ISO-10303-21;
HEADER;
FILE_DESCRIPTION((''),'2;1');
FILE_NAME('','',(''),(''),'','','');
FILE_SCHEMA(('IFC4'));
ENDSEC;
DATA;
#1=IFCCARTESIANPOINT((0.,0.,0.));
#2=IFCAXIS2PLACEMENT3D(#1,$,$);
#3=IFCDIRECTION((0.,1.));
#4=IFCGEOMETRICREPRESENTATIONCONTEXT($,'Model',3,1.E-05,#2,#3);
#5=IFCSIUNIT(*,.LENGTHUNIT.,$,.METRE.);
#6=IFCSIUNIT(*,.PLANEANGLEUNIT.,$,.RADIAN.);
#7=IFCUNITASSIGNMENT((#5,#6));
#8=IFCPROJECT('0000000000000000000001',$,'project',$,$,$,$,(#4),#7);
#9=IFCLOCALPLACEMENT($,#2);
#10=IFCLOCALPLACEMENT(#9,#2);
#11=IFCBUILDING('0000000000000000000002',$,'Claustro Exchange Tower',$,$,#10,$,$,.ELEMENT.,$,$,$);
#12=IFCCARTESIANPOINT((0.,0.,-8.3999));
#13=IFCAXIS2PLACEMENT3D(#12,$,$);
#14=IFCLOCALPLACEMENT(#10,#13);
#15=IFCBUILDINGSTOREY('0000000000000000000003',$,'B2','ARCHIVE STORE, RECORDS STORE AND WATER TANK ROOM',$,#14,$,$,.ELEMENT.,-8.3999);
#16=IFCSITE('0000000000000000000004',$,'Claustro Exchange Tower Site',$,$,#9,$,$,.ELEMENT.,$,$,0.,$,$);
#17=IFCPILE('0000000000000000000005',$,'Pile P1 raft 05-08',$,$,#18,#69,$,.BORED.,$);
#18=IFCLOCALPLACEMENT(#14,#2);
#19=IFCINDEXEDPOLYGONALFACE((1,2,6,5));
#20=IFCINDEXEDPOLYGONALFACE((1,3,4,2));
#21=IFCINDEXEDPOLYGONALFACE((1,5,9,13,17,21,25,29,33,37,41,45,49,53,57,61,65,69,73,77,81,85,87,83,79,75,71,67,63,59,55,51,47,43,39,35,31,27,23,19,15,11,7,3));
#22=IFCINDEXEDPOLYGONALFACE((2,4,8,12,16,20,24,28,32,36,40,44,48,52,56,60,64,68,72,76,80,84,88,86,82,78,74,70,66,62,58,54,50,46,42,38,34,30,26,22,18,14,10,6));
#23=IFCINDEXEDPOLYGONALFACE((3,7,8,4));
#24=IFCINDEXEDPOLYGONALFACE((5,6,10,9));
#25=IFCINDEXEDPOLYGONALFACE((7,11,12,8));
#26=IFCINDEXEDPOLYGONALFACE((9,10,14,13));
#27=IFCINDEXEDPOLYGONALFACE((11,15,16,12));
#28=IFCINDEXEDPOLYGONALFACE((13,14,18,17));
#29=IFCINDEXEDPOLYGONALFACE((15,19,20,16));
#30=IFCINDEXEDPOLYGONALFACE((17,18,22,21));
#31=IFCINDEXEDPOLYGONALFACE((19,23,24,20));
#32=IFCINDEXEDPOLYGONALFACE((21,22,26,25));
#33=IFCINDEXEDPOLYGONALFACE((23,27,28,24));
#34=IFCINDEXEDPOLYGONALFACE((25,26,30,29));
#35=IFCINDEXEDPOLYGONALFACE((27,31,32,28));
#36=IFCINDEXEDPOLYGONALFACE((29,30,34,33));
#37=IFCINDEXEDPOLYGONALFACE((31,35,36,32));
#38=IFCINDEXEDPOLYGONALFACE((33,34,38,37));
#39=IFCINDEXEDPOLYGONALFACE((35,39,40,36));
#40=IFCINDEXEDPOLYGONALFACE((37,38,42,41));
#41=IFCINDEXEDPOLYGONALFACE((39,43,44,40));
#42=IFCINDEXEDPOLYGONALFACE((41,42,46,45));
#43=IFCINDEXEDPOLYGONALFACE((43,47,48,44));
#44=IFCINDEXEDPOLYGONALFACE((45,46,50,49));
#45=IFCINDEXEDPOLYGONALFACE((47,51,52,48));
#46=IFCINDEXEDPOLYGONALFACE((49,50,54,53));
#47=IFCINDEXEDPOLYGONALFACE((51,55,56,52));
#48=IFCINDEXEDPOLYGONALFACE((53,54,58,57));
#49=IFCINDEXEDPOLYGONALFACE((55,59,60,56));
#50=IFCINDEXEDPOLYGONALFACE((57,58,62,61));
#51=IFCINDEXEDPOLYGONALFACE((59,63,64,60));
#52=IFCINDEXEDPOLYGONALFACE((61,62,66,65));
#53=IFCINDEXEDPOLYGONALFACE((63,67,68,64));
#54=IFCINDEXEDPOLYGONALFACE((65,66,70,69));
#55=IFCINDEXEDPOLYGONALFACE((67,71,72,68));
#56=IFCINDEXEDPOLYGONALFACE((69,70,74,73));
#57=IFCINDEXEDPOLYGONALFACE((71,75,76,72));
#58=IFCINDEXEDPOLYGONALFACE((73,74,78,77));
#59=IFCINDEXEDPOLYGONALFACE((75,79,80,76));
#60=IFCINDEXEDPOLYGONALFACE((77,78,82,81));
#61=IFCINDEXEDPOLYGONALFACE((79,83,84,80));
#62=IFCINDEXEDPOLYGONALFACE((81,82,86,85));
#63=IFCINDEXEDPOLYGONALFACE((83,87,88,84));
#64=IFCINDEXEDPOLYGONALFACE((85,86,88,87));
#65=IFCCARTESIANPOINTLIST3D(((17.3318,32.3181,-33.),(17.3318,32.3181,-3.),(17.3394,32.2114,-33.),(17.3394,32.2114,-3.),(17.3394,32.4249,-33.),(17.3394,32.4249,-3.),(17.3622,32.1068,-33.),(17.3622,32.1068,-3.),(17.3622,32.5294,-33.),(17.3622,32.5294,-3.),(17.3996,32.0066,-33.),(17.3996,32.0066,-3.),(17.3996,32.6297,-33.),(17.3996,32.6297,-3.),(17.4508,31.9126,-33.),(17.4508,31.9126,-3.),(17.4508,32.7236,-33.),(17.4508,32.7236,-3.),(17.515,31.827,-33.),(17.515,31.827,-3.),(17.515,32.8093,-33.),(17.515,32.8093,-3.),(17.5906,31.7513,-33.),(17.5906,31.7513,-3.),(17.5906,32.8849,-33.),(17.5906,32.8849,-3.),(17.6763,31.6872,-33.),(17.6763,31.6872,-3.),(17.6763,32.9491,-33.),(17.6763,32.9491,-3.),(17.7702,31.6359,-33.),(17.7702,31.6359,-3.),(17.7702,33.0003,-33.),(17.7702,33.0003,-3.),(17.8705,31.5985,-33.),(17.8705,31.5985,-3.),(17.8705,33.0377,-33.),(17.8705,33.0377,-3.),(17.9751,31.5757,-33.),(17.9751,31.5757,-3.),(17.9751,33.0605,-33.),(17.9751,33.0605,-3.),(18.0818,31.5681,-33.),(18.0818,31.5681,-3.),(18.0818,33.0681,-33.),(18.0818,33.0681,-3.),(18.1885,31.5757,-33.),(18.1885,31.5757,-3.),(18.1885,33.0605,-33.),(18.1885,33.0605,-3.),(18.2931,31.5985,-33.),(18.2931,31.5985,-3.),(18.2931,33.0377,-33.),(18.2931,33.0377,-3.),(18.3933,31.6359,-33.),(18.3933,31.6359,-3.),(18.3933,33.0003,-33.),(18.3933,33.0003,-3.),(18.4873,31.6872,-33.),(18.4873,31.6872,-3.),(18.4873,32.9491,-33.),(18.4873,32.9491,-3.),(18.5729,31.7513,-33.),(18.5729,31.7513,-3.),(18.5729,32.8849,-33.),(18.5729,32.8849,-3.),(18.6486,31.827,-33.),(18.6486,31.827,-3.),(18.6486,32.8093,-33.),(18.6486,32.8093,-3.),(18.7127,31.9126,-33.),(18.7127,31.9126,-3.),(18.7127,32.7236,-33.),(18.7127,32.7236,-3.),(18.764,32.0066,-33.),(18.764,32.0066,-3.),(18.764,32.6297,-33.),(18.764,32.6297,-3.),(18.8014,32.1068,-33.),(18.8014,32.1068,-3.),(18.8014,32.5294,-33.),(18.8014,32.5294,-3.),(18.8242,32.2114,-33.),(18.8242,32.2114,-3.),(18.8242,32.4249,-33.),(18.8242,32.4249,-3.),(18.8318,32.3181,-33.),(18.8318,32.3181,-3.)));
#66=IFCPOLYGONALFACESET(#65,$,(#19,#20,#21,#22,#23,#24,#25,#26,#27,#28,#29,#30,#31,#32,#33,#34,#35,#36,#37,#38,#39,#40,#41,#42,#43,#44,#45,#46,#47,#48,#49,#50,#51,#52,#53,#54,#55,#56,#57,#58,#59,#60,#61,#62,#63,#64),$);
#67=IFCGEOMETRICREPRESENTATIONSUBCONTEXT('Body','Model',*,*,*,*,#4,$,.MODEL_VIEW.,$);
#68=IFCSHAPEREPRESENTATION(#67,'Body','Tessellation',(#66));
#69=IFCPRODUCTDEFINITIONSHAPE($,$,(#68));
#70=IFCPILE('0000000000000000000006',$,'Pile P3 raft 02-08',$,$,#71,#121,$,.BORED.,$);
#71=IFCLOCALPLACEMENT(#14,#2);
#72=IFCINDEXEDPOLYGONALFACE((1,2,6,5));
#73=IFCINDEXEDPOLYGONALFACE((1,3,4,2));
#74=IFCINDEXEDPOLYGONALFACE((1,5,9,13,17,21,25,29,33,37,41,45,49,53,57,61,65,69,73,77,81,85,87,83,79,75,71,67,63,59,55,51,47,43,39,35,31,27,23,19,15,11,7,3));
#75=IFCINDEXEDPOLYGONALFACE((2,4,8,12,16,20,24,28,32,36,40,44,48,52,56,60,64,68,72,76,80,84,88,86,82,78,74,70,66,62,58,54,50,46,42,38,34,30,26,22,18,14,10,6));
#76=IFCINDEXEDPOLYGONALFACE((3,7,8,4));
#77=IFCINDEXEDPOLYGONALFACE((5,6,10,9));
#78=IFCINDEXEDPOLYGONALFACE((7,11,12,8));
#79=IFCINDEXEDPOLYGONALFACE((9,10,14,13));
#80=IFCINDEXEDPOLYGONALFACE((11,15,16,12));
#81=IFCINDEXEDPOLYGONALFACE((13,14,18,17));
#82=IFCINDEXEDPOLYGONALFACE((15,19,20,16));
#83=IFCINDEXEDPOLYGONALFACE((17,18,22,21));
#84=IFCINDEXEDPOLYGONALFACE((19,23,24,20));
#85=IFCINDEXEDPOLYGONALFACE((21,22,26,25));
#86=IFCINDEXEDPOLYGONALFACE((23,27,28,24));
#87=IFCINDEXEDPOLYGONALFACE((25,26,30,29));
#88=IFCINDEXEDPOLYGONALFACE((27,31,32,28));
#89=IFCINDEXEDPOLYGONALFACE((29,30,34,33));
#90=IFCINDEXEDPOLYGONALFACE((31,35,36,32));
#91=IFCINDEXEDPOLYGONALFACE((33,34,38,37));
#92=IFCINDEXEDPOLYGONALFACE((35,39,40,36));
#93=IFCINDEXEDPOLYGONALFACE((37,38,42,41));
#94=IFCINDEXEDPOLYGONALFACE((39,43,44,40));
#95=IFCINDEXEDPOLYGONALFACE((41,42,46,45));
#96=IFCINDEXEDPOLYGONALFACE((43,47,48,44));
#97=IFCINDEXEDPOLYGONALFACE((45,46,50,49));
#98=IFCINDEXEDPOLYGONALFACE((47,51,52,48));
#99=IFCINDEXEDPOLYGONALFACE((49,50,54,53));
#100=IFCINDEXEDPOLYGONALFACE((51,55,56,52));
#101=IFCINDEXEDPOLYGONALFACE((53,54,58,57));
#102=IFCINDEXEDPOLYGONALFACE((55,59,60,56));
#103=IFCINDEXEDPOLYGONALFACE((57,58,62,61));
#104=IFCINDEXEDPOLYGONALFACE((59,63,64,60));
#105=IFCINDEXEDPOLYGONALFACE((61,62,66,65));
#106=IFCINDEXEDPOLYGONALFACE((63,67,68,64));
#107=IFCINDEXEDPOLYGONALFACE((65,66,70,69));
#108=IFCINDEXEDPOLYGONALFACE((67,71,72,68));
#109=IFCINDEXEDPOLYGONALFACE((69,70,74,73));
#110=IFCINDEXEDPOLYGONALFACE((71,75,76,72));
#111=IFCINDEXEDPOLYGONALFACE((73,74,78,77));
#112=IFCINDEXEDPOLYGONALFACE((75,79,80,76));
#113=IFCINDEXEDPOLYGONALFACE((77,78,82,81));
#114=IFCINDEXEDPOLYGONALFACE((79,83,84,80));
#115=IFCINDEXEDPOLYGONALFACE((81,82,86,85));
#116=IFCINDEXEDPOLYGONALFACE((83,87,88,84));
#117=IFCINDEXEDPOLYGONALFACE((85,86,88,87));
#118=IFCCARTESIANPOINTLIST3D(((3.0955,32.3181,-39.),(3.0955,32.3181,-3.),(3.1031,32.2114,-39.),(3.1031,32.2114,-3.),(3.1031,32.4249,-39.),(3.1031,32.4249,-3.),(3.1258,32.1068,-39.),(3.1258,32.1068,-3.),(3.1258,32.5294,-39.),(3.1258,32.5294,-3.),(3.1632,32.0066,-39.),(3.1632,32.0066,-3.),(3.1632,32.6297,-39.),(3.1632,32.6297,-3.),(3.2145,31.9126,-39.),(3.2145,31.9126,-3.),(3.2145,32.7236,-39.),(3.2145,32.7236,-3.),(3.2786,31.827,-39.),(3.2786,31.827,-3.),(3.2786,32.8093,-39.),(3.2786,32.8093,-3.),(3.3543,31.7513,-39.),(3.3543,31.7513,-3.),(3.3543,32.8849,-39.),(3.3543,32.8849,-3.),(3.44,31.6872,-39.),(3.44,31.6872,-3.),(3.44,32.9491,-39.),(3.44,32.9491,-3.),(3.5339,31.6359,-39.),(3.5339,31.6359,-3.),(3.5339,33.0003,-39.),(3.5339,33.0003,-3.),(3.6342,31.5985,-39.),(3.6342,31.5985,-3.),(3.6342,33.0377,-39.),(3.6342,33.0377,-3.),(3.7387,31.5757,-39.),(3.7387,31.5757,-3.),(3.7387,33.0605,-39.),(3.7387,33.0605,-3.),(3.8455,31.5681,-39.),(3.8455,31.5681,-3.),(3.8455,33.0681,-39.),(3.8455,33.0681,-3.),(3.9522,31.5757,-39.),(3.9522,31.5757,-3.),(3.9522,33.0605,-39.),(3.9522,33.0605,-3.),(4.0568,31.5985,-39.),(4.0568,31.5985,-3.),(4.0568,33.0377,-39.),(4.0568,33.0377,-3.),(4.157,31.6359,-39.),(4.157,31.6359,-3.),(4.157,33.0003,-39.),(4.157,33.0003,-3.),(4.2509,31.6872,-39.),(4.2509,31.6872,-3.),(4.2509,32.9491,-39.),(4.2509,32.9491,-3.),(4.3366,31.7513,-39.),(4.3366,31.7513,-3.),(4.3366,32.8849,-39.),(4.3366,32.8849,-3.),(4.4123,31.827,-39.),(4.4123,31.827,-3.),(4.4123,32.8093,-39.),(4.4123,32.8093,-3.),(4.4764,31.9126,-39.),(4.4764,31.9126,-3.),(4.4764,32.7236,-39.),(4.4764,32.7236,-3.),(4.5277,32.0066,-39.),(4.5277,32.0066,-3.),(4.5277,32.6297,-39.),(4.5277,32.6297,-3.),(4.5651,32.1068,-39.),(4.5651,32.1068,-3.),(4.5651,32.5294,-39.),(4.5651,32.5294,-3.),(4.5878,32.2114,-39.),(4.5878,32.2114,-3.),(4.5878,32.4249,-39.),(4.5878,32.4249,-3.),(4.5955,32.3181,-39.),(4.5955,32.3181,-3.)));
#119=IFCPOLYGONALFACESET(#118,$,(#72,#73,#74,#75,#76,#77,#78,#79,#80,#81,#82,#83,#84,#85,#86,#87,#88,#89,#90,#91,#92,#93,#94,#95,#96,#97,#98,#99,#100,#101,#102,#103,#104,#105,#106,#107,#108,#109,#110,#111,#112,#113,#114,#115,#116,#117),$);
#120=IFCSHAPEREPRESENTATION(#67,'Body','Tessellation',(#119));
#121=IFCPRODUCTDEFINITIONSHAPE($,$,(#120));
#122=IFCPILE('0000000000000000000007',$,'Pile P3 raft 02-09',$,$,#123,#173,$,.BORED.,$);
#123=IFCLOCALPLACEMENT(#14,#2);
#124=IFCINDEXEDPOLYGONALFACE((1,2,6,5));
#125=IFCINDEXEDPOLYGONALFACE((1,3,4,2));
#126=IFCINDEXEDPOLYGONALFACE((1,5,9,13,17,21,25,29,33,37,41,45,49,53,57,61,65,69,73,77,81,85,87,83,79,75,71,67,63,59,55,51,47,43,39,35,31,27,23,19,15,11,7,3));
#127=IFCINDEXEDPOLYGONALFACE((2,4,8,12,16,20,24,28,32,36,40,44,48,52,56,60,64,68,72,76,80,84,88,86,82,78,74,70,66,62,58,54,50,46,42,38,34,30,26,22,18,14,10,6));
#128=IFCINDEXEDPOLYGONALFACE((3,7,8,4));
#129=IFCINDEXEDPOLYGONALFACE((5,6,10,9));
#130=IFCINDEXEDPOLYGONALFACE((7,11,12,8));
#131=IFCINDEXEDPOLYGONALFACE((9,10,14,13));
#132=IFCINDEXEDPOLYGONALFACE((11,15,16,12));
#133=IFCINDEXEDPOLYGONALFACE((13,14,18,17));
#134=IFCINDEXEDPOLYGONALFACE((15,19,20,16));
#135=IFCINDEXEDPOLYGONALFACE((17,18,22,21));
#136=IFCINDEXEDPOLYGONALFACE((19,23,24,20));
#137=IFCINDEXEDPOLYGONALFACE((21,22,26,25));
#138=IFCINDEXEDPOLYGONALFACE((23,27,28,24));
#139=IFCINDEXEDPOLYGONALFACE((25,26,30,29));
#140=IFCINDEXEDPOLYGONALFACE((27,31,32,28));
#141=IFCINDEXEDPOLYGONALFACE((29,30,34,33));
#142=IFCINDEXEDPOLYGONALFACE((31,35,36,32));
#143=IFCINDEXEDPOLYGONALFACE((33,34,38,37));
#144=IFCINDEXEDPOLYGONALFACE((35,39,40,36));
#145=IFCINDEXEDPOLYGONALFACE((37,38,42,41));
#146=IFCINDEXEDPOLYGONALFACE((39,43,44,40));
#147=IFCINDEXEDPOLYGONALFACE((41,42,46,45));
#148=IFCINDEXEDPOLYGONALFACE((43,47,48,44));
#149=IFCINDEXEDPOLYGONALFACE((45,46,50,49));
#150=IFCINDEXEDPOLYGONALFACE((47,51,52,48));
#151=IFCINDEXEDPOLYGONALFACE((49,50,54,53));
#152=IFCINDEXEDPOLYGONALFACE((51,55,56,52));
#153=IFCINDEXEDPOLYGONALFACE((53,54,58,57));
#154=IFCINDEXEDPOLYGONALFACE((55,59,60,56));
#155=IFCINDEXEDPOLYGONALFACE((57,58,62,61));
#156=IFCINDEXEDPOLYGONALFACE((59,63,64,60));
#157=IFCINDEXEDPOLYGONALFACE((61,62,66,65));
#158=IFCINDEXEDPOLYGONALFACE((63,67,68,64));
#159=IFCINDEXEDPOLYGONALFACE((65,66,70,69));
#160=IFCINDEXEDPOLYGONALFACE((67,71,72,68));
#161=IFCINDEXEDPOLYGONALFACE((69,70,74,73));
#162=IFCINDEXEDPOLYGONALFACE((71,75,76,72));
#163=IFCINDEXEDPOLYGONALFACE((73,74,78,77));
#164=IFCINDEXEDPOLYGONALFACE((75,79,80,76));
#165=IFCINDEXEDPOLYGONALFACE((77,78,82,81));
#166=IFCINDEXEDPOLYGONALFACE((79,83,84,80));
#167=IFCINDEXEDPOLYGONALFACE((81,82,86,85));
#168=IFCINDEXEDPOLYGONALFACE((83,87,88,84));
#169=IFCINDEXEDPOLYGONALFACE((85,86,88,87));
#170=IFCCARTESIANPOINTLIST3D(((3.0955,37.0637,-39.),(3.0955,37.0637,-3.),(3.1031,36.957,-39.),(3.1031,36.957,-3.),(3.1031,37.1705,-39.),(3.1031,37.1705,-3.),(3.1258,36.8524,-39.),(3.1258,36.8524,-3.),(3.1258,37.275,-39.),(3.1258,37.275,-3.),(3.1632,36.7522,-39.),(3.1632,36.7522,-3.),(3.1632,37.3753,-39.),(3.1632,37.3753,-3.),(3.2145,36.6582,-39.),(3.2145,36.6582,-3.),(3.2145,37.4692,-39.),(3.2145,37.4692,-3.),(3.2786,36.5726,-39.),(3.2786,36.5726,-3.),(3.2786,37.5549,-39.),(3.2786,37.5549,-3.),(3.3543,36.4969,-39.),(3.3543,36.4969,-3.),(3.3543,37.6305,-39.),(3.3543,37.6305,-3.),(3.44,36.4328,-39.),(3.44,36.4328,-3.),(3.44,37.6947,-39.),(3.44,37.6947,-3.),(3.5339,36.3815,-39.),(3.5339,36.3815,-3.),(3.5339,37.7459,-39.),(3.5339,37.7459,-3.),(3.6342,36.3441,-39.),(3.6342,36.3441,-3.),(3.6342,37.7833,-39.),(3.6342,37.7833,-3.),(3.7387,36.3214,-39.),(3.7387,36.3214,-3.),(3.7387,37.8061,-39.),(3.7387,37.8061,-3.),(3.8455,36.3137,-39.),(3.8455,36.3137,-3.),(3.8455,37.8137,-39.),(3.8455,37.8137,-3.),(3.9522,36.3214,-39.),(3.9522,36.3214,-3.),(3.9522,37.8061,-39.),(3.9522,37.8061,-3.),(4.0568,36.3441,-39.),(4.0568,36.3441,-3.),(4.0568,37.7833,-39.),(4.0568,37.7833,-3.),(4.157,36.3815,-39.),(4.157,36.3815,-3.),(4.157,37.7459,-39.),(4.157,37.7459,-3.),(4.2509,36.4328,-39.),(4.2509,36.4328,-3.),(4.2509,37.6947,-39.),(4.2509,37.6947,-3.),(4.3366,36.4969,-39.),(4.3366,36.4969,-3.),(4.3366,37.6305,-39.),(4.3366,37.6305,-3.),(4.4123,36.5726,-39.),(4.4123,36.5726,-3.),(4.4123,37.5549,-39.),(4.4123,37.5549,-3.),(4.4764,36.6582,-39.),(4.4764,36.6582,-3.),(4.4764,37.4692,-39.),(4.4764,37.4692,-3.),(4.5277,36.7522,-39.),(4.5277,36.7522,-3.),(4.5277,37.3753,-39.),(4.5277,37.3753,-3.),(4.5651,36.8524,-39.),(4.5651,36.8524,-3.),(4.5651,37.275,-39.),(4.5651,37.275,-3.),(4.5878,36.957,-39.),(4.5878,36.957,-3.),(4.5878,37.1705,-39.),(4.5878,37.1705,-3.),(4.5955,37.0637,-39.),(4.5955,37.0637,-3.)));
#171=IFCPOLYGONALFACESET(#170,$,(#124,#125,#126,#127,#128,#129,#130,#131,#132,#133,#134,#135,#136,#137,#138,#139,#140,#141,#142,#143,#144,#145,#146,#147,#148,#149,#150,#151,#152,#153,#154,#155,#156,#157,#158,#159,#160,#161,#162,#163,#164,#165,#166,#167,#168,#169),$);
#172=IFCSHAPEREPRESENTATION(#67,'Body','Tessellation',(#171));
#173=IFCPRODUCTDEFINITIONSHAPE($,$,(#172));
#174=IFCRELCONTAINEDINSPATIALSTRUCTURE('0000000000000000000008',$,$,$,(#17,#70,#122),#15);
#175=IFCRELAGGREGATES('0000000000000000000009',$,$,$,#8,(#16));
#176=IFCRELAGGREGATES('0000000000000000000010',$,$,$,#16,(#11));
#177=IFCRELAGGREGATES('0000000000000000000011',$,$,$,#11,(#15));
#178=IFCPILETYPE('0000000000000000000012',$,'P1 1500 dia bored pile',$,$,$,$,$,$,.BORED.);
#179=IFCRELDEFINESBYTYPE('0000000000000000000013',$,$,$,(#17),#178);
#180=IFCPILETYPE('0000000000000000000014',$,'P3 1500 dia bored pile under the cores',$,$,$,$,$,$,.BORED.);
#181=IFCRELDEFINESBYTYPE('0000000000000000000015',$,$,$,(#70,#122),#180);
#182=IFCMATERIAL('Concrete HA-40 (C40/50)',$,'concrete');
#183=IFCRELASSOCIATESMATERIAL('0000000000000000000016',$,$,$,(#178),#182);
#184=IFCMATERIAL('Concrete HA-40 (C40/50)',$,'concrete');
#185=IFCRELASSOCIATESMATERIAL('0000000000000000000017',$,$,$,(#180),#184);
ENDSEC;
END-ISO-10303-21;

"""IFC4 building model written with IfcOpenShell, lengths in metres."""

from ifc_helpers import new_model, si_unit, direction, frame, origin, origin_2d, place, context, subcontext, project, spatial, circle, extrude, material, type_object, element, save


model = new_model("IFC4")

# Units and contexts
model_context = context("Model", 3, precision=1e-05, world=origin(), true_north=direction((0.0, 1.0)))
body_context = subcontext(model_context, "Body", "Model", "MODEL_VIEW")
ifc_project = project(units=[si_unit("LENGTHUNIT", "METRE"), si_unit("PLANEANGLEUNIT", "RADIAN")], contexts=[model_context])

# Site, building, storey
site_placement = place(None, origin())
site = spatial("IfcSite", under=ifc_project, at=site_placement, Name="Claustro Exchange Tower Site", CompositionType="ELEMENT", RefElevation=0.0)
building_placement = place(site_placement, origin())
building = spatial("IfcBuilding", under=site, at=building_placement, Name="Claustro Exchange Tower", CompositionType="ELEMENT")
storey_placement = place(building_placement, frame((0.0, 0.0, -8.3999)))
storey = spatial("IfcBuildingStorey", under=building, at=storey_placement, Name="B2", Description="ARCHIVE STORE, RECORDS STORE AND WATER TANK ROOM", CompositionType="ELEMENT", Elevation=-8.3999)

# Piles
ifc_material_1 = material(Name="Concrete HA-40 (C40/50)", Category="concrete")
pile_type_1 = type_object("IfcPileType", Name="P1 1500 dia bored pile", PredefinedType="BORED", material=ifc_material_1)
for number, where, z_axis, x_axis, name in (
    (1, (18.0818, 32.3181, -3.0), (0.0, 0.0, -1.0), (1.0, 0.0, 0.0), "Pile P1 raft 05-08"),
):
    element("IfcPile", number, at=place(storey_placement, frame(where, z_axis=z_axis, x_axis=x_axis)), inside=storey, type_object=pile_type_1, Name=name, PredefinedType="BORED", context=body_context, shape_type="SweptSolid", body=[
        extrude(circle(Radius=0.75, at=origin_2d()), origin(), (0.0, 0.0, 1.0), 30.0),
    ])
ifc_material_2 = material(Name="Concrete HA-40 (C40/50)", Category="concrete")
pile_type_2 = type_object("IfcPileType", Name="P3 1500 dia bored pile under the cores", PredefinedType="BORED", material=ifc_material_2)
for number, where, z_axis, x_axis, name in (
    (2, (3.8455, 32.3181, -3.0), (0.0, 0.0, -1.0), (1.0, 0.0, 0.0), "Pile P3 raft 02-08"),
    (3, (3.8455, 37.0637, -3.0), (0.0, 0.0, -1.0), (1.0, 0.0, 0.0), "Pile P3 raft 02-09"),
):
    element("IfcPile", number, at=place(storey_placement, frame(where, z_axis=z_axis, x_axis=x_axis)), inside=storey, type_object=pile_type_2, Name=name, PredefinedType="BORED", context=body_context, shape_type="SweptSolid", body=[
        extrude(circle(Radius=0.75, at=origin_2d()), origin(), (0.0, 0.0, 1.0), 36.0),
    ])

save(model, "model.ifc")
